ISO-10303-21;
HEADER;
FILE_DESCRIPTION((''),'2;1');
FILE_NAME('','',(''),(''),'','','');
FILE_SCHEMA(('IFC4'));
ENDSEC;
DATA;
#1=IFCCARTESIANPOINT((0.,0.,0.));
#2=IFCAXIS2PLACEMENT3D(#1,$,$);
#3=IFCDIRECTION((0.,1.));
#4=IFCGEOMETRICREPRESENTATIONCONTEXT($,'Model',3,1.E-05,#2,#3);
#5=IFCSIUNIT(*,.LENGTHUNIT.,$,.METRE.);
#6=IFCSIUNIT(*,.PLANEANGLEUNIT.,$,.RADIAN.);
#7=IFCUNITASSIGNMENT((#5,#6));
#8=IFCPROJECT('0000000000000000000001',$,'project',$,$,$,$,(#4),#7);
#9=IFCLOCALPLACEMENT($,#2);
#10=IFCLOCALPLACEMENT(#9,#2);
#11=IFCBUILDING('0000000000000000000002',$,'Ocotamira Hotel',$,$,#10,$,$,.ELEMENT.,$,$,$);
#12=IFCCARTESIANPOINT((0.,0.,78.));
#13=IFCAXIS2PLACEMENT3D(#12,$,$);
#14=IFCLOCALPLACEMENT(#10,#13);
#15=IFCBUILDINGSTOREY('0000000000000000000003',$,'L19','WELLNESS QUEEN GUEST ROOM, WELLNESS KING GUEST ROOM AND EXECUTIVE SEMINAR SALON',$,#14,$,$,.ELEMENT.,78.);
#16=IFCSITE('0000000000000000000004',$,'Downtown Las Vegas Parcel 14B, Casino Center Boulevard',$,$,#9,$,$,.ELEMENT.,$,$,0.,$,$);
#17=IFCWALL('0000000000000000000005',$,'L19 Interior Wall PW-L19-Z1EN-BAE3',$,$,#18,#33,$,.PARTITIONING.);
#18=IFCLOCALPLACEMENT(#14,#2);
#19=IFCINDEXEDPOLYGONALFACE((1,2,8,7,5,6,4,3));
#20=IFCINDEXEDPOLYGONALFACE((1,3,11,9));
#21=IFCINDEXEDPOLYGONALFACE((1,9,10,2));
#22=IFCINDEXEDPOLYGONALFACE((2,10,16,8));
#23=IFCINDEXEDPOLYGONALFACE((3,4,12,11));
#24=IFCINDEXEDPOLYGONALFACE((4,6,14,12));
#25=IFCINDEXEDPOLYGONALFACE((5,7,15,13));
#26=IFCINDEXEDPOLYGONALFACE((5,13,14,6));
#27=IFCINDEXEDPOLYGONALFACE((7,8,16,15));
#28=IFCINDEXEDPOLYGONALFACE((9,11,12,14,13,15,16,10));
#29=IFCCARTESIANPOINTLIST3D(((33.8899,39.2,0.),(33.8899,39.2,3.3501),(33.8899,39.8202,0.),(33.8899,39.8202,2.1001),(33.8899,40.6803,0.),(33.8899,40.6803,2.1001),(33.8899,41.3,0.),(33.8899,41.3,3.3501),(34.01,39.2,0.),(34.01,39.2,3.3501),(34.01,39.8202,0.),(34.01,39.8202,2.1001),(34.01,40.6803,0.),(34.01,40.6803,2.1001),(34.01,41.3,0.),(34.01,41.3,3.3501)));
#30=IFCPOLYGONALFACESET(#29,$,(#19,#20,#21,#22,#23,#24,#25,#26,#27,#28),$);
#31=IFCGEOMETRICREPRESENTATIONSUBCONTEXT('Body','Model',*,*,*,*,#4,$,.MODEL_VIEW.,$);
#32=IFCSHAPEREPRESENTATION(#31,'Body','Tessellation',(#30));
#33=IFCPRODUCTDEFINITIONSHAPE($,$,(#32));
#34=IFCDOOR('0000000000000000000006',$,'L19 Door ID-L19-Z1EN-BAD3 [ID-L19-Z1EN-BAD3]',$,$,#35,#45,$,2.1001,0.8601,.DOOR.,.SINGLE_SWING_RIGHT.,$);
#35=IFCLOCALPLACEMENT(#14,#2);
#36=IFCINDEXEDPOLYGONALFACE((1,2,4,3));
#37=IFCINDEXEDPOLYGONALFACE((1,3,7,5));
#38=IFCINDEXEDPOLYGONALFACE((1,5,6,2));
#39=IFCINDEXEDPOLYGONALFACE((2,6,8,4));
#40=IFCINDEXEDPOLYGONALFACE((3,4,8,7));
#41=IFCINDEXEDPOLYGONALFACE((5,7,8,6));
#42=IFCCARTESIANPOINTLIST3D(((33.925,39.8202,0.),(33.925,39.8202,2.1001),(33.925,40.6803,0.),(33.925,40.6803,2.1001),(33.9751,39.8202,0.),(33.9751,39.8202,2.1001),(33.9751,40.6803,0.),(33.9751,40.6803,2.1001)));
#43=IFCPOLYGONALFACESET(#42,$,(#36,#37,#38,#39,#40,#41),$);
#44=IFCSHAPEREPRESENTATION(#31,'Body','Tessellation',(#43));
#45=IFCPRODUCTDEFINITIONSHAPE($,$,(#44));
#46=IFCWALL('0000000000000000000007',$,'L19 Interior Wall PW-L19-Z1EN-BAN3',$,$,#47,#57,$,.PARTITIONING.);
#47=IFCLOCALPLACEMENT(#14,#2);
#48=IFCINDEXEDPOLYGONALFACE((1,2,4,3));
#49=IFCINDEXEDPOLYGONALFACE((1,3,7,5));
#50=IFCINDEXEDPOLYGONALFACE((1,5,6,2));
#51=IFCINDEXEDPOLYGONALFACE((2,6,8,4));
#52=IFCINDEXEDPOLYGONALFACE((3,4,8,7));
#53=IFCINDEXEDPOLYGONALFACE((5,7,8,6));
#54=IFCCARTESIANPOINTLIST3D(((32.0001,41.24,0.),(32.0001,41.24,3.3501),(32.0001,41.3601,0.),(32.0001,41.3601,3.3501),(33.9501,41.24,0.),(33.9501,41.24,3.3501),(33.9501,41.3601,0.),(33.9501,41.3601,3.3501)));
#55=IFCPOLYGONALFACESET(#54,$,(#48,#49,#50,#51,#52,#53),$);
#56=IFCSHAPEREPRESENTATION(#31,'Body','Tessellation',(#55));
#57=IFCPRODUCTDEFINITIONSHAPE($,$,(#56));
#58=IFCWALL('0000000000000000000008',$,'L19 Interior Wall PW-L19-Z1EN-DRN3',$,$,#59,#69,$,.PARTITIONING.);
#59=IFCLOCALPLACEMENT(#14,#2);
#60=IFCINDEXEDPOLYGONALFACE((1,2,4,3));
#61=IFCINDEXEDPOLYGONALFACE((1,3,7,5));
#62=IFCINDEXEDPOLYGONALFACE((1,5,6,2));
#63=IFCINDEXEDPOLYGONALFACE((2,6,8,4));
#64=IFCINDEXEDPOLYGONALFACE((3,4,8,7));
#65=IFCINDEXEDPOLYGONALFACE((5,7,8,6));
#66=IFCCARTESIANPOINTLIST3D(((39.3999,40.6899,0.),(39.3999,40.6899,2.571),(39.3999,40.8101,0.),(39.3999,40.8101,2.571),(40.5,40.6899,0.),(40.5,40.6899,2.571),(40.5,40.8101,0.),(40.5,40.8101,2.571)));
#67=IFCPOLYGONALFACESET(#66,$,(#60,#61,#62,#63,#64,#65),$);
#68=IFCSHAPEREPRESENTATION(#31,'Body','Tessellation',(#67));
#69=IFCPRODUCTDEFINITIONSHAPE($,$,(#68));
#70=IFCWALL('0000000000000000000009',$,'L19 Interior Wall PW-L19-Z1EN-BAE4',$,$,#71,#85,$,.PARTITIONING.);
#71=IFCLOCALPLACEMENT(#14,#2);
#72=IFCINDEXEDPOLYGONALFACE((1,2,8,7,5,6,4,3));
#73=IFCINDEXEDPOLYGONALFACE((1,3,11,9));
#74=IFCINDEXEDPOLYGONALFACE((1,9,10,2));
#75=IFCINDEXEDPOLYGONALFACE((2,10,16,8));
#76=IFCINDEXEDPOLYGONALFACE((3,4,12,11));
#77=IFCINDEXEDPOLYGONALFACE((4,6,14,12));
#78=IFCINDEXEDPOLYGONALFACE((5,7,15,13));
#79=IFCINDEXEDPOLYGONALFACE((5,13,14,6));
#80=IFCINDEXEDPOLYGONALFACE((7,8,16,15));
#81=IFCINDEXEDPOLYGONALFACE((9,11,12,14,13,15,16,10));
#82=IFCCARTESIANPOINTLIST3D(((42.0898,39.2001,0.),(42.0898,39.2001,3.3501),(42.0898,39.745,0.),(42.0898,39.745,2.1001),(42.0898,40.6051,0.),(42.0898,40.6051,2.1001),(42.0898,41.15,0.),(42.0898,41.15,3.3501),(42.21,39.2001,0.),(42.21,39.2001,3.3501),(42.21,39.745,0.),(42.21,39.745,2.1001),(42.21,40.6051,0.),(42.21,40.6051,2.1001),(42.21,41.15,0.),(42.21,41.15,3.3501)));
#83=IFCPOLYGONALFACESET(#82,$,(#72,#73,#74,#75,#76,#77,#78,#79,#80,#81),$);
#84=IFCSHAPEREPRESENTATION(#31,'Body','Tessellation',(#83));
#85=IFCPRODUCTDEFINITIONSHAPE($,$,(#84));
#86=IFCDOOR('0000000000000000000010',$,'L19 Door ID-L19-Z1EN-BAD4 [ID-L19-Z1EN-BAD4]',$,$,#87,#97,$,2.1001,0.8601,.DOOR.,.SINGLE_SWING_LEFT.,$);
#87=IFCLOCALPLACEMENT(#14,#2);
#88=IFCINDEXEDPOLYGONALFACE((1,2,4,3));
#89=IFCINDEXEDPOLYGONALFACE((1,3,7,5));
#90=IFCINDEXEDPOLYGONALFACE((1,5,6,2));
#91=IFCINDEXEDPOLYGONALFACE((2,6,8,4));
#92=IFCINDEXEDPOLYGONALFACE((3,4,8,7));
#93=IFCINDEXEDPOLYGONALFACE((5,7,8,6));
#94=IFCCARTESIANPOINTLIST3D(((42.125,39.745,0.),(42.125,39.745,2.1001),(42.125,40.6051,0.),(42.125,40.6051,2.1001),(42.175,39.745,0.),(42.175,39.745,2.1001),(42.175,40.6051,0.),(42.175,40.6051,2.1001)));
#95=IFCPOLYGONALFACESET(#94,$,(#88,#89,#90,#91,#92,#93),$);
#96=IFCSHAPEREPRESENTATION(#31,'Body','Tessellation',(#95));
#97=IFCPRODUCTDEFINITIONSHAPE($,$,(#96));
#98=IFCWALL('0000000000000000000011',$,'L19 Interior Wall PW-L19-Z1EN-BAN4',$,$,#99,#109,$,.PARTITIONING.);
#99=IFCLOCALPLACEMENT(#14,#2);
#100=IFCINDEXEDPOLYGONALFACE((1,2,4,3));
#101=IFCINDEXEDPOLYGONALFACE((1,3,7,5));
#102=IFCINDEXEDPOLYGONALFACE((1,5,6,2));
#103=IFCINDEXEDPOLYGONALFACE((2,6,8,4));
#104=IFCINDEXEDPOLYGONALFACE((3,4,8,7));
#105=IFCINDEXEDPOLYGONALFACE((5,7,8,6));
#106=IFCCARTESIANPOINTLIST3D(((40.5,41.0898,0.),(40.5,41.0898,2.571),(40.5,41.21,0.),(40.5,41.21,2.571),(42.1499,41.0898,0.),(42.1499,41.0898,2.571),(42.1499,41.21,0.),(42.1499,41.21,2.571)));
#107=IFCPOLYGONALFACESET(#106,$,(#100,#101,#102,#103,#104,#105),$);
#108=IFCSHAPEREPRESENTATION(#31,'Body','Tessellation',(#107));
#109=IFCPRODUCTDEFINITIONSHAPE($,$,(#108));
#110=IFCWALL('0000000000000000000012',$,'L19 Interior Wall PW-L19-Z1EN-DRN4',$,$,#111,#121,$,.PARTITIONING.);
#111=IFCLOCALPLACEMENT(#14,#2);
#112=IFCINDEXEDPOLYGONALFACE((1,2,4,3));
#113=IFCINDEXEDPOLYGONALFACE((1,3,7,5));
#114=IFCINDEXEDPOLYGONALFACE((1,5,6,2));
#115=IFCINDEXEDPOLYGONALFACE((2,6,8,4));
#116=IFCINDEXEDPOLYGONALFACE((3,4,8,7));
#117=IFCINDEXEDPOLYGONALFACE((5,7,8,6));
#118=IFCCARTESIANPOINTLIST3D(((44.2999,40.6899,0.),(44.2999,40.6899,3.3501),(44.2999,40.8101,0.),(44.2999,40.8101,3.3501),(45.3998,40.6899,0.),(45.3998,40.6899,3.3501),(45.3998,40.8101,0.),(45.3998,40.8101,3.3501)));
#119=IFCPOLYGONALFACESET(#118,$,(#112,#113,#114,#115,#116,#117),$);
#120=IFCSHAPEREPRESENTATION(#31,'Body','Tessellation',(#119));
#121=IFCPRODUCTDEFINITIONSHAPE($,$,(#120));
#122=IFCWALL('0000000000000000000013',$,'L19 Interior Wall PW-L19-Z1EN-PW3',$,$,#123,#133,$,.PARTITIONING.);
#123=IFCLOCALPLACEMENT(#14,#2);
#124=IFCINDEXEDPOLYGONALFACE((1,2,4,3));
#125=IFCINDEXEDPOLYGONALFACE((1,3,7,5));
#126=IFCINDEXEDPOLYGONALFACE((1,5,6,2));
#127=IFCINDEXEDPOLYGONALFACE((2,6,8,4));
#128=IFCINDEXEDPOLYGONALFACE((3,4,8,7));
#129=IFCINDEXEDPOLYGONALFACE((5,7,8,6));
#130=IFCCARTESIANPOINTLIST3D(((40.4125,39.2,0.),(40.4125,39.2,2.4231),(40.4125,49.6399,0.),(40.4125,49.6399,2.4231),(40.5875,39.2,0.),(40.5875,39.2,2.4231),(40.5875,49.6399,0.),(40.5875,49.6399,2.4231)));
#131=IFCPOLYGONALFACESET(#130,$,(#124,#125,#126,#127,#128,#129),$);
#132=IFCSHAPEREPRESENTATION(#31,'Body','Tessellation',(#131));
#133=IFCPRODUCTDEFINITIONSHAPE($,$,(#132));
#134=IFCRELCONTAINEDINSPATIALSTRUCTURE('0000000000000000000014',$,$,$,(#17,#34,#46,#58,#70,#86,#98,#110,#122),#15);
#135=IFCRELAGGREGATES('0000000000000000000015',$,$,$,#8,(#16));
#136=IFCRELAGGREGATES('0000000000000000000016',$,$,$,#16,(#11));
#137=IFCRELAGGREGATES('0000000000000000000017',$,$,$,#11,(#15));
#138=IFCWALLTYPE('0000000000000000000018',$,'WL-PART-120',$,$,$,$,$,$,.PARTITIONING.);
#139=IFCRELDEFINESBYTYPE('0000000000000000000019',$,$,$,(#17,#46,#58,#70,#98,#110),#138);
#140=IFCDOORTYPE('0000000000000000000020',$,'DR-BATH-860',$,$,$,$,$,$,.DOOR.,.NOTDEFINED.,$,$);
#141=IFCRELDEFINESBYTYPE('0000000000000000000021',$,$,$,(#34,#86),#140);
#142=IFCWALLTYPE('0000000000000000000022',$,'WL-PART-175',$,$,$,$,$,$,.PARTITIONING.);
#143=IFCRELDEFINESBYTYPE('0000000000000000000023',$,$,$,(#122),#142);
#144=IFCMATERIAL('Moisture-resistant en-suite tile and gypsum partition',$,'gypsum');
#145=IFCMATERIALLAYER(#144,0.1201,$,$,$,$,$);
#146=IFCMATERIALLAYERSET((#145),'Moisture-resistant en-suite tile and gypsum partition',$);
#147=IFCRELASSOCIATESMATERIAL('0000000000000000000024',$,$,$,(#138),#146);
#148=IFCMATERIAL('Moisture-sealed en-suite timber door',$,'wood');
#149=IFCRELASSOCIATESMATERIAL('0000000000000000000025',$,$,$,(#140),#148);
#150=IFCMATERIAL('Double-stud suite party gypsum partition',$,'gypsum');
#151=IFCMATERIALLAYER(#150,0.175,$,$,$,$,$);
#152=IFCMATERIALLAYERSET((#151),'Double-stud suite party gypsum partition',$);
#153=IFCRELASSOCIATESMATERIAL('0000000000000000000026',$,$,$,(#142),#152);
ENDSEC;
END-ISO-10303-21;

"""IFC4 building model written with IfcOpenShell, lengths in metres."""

from ifc_helpers import new_model, si_unit, direction, frame, frame_2d, origin, place, context, subcontext, project, spatial, rectangle, extrude, source, transform, mapped, material, layer, layer_set, type_object, element, fill, save


model = new_model("IFC4")

# Units and contexts
model_context = context("Model", 3, precision=1e-05, world=origin(), true_north=direction((0.0, 1.0)))
body_context = subcontext(model_context, "Body", "Model", "MODEL_VIEW")
ifc_project = project(units=[si_unit("LENGTHUNIT", "METRE"), si_unit("PLANEANGLEUNIT", "RADIAN")], contexts=[model_context])

# Site, building, storey
site_placement = place(None, origin())
site = spatial("IfcSite", under=ifc_project, at=site_placement, Name="Downtown Las Vegas Parcel 14B, Casino Center Boulevard", CompositionType="ELEMENT", RefElevation=0.0)
building_placement = place(site_placement, origin())
building = spatial("IfcBuilding", under=site, at=building_placement, Name="Ocotamira Hotel", CompositionType="ELEMENT")
storey_placement = place(building_placement, frame((0.0, 0.0, 78.0)))
storey = spatial("IfcBuildingStorey", under=building, at=storey_placement, Name="L19", Description="WELLNESS QUEEN GUEST ROOM, WELLNESS KING GUEST ROOM AND EXECUTIVE SEMINAR SALON", CompositionType="ELEMENT", Elevation=78.0)

# Wall, opening, door
ifc_material_1 = material(Name="Moisture-resistant en-suite tile and gypsum partition", Category="gypsum")
ifc_layer_1 = layer(ifc_material_1, 0.1201)
ifc_layer_set_1 = layer_set([ifc_layer_1], Name="Moisture-resistant en-suite tile and gypsum partition")
wall_type_1 = type_object("IfcWallType", Name="WL-PART-120", PredefinedType="PARTITIONING", material=ifc_layer_set_1)
wall_1_placement = place(storey_placement, frame((33.95, 39.2, 0.0), z_axis=(0.0, 0.0, 1.0), x_axis=(0.0, 1.0, 0.0)))
wall_1 = element("IfcWall", 1, at=wall_1_placement, inside=storey, type_object=wall_type_1, Name="L19 Interior Wall PW-L19-Z1EN-BAE3", PredefinedType="PARTITIONING", context=body_context, shape_type="SweptSolid", body=[
    extrude(rectangle(XDim=2.1001, YDim=0.1201, at=frame_2d((1.05, 0.0))), origin(), (0.0, 0.0, 1.0), 3.3501),
])
opening_1_placement = place(wall_1_placement, frame((0.6201, 0.0, 0.0)))
opening_1 = element("IfcOpeningElement", 2, at=opening_1_placement, cuts=wall_1, PredefinedType="OPENING", context=body_context, shape_type="SweptSolid", body=[
    extrude(rectangle(XDim=0.8601, YDim=2.1001, at=frame_2d((0.4302, 1.05))), frame((0.0, 0.0701, 0.0), z_axis=(0.0, -1.0, 0.0), x_axis=(1.0, 0.0, 0.0)), (0.0, 0.0, 1.0), 0.1401),
])
ifc_material_2 = material(Name="Moisture-sealed en-suite timber door", Category="wood")
door_type = type_object("IfcDoorType", Name="DR-BATH-860", OperationType="NOTDEFINED", PredefinedType="DOOR", material=ifc_material_2)
shared_shape_1 = source(origin(), body_context, "Body", "SweptSolid", [
    extrude(rectangle(XDim=0.8601, YDim=2.1001, at=frame_2d((0.4302, 1.05))), frame((0.0, 0.0249, 0.0), z_axis=(0.0, -1.0, 0.0), x_axis=(1.0, 0.0, 0.0)), (0.0, 0.0, 1.0), 0.05),
])
door_1_placement = place(opening_1_placement, origin())
door_1 = element("IfcDoor", 3, at=door_1_placement, inside=storey, type_object=door_type, Name="L19 Door ID-L19-Z1EN-BAD3 [ID-L19-Z1EN-BAD3]", OperationType="SINGLE_SWING_RIGHT", OverallHeight=2.1001, OverallWidth=0.8601, PredefinedType="DOOR", context=body_context, shape_type="MappedRepresentation", body=[
    mapped(shared_shape_1, transform((0.0, 0.0, 0.0), scale=1.0)),
])
fill(opening_1, door_1)

# Walls
wall_2_placement = place(storey_placement, frame((32.0, 41.3, 0.0), z_axis=(0.0, 0.0, 1.0), x_axis=(1.0, 0.0, 0.0)))
element("IfcWall", 4, at=wall_2_placement, inside=storey, type_object=wall_type_1, Name="L19 Interior Wall PW-L19-Z1EN-BAN3", PredefinedType="PARTITIONING", context=body_context, shape_type="SweptSolid", body=[
    extrude(rectangle(XDim=1.95, YDim=0.1201, at=frame_2d((0.9751, 0.0))), origin(), (0.0, 0.0, 1.0), 3.3501),
])
wall_3_placement = place(storey_placement, frame((39.3999, 40.75, 0.0), z_axis=(0.0, 0.0, 1.0), x_axis=(1.0, 0.0, 0.0)))
element("IfcWall", 5, at=wall_3_placement, inside=storey, type_object=wall_type_1, Name="L19 Interior Wall PW-L19-Z1EN-DRN3", PredefinedType="PARTITIONING", context=body_context, shape_type="SweptSolid", body=[
    extrude(rectangle(XDim=1.1001, YDim=0.1201, at=frame_2d((0.55, 0.0))), origin(), (0.0, 0.0, 1.0), 2.571),
])

# Wall, opening, door
wall_4_placement = place(storey_placement, frame((42.1499, 39.2, 0.0), z_axis=(0.0, 0.0, 1.0), x_axis=(0.0, 1.0, 0.0)))
wall_4 = element("IfcWall", 6, at=wall_4_placement, inside=storey, type_object=wall_type_1, Name="L19 Interior Wall PW-L19-Z1EN-BAE4", PredefinedType="PARTITIONING", context=body_context, shape_type="SweptSolid", body=[
    extrude(rectangle(XDim=1.95, YDim=0.1201, at=frame_2d((0.9751, 0.0))), origin(), (0.0, 0.0, 1.0), 3.3501),
])
opening_2_placement = place(wall_4_placement, frame((0.5449, 0.0, 0.0)))
opening_2 = element("IfcOpeningElement", 7, at=opening_2_placement, cuts=wall_4, PredefinedType="OPENING", context=body_context, shape_type="SweptSolid", body=[
    extrude(rectangle(XDim=0.8601, YDim=2.1001, at=frame_2d((0.4302, 1.05))), frame((0.0, 0.0701, 0.0), z_axis=(0.0, -1.0, 0.0), x_axis=(1.0, 0.0, 0.0)), (0.0, 0.0, 1.0), 0.1401),
])
door_2_placement = place(opening_2_placement, origin())
door_2 = element("IfcDoor", 8, at=door_2_placement, inside=storey, type_object=door_type, Name="L19 Door ID-L19-Z1EN-BAD4 [ID-L19-Z1EN-BAD4]", OperationType="SINGLE_SWING_LEFT", OverallHeight=2.1001, OverallWidth=0.8601, PredefinedType="DOOR", context=body_context, shape_type="MappedRepresentation", body=[
    mapped(shared_shape_1, transform((0.0, 0.0, 0.0), scale=1.0)),
])
fill(opening_2, door_2)

# Walls
wall_5_placement = place(storey_placement, frame((40.5, 41.1499, 0.0), z_axis=(0.0, 0.0, 1.0), x_axis=(1.0, 0.0, 0.0)))
element("IfcWall", 9, at=wall_5_placement, inside=storey, type_object=wall_type_1, Name="L19 Interior Wall PW-L19-Z1EN-BAN4", PredefinedType="PARTITIONING", context=body_context, shape_type="SweptSolid", body=[
    extrude(rectangle(XDim=1.6499, YDim=0.1201, at=frame_2d((0.825, 0.0))), origin(), (0.0, 0.0, 1.0), 2.571),
])
wall_6_placement = place(storey_placement, frame((44.3, 40.75, 0.0), z_axis=(0.0, 0.0, 1.0), x_axis=(1.0, 0.0, 0.0)))
element("IfcWall", 10, at=wall_6_placement, inside=storey, type_object=wall_type_1, Name="L19 Interior Wall PW-L19-Z1EN-DRN4", PredefinedType="PARTITIONING", context=body_context, shape_type="SweptSolid", body=[
    extrude(rectangle(XDim=1.0999, YDim=0.1201, at=frame_2d((0.5498, 0.0))), origin(), (0.0, 0.0, 1.0), 3.3501),
])
ifc_material_3 = material(Name="Double-stud suite party gypsum partition", Category="gypsum")
ifc_layer_2 = layer(ifc_material_3, 0.175)
ifc_layer_set_2 = layer_set([ifc_layer_2], Name="Double-stud suite party gypsum partition")
wall_type_2 = type_object("IfcWallType", Name="WL-PART-175", PredefinedType="PARTITIONING", material=ifc_layer_set_2)
wall_7_placement = place(storey_placement, frame((40.5, 39.2, 0.0), z_axis=(0.0, 0.0, 1.0), x_axis=(0.0, 1.0, 0.0)))
element("IfcWall", 11, at=wall_7_placement, inside=storey, type_object=wall_type_2, Name="L19 Interior Wall PW-L19-Z1EN-PW3", PredefinedType="PARTITIONING", context=body_context, shape_type="SweptSolid", body=[
    extrude(rectangle(XDim=10.4399, YDim=0.175, at=frame_2d((5.22, 0.0))), origin(), (0.0, 0.0, 1.0), 2.4231),
])

save(model, "model.ifc")
